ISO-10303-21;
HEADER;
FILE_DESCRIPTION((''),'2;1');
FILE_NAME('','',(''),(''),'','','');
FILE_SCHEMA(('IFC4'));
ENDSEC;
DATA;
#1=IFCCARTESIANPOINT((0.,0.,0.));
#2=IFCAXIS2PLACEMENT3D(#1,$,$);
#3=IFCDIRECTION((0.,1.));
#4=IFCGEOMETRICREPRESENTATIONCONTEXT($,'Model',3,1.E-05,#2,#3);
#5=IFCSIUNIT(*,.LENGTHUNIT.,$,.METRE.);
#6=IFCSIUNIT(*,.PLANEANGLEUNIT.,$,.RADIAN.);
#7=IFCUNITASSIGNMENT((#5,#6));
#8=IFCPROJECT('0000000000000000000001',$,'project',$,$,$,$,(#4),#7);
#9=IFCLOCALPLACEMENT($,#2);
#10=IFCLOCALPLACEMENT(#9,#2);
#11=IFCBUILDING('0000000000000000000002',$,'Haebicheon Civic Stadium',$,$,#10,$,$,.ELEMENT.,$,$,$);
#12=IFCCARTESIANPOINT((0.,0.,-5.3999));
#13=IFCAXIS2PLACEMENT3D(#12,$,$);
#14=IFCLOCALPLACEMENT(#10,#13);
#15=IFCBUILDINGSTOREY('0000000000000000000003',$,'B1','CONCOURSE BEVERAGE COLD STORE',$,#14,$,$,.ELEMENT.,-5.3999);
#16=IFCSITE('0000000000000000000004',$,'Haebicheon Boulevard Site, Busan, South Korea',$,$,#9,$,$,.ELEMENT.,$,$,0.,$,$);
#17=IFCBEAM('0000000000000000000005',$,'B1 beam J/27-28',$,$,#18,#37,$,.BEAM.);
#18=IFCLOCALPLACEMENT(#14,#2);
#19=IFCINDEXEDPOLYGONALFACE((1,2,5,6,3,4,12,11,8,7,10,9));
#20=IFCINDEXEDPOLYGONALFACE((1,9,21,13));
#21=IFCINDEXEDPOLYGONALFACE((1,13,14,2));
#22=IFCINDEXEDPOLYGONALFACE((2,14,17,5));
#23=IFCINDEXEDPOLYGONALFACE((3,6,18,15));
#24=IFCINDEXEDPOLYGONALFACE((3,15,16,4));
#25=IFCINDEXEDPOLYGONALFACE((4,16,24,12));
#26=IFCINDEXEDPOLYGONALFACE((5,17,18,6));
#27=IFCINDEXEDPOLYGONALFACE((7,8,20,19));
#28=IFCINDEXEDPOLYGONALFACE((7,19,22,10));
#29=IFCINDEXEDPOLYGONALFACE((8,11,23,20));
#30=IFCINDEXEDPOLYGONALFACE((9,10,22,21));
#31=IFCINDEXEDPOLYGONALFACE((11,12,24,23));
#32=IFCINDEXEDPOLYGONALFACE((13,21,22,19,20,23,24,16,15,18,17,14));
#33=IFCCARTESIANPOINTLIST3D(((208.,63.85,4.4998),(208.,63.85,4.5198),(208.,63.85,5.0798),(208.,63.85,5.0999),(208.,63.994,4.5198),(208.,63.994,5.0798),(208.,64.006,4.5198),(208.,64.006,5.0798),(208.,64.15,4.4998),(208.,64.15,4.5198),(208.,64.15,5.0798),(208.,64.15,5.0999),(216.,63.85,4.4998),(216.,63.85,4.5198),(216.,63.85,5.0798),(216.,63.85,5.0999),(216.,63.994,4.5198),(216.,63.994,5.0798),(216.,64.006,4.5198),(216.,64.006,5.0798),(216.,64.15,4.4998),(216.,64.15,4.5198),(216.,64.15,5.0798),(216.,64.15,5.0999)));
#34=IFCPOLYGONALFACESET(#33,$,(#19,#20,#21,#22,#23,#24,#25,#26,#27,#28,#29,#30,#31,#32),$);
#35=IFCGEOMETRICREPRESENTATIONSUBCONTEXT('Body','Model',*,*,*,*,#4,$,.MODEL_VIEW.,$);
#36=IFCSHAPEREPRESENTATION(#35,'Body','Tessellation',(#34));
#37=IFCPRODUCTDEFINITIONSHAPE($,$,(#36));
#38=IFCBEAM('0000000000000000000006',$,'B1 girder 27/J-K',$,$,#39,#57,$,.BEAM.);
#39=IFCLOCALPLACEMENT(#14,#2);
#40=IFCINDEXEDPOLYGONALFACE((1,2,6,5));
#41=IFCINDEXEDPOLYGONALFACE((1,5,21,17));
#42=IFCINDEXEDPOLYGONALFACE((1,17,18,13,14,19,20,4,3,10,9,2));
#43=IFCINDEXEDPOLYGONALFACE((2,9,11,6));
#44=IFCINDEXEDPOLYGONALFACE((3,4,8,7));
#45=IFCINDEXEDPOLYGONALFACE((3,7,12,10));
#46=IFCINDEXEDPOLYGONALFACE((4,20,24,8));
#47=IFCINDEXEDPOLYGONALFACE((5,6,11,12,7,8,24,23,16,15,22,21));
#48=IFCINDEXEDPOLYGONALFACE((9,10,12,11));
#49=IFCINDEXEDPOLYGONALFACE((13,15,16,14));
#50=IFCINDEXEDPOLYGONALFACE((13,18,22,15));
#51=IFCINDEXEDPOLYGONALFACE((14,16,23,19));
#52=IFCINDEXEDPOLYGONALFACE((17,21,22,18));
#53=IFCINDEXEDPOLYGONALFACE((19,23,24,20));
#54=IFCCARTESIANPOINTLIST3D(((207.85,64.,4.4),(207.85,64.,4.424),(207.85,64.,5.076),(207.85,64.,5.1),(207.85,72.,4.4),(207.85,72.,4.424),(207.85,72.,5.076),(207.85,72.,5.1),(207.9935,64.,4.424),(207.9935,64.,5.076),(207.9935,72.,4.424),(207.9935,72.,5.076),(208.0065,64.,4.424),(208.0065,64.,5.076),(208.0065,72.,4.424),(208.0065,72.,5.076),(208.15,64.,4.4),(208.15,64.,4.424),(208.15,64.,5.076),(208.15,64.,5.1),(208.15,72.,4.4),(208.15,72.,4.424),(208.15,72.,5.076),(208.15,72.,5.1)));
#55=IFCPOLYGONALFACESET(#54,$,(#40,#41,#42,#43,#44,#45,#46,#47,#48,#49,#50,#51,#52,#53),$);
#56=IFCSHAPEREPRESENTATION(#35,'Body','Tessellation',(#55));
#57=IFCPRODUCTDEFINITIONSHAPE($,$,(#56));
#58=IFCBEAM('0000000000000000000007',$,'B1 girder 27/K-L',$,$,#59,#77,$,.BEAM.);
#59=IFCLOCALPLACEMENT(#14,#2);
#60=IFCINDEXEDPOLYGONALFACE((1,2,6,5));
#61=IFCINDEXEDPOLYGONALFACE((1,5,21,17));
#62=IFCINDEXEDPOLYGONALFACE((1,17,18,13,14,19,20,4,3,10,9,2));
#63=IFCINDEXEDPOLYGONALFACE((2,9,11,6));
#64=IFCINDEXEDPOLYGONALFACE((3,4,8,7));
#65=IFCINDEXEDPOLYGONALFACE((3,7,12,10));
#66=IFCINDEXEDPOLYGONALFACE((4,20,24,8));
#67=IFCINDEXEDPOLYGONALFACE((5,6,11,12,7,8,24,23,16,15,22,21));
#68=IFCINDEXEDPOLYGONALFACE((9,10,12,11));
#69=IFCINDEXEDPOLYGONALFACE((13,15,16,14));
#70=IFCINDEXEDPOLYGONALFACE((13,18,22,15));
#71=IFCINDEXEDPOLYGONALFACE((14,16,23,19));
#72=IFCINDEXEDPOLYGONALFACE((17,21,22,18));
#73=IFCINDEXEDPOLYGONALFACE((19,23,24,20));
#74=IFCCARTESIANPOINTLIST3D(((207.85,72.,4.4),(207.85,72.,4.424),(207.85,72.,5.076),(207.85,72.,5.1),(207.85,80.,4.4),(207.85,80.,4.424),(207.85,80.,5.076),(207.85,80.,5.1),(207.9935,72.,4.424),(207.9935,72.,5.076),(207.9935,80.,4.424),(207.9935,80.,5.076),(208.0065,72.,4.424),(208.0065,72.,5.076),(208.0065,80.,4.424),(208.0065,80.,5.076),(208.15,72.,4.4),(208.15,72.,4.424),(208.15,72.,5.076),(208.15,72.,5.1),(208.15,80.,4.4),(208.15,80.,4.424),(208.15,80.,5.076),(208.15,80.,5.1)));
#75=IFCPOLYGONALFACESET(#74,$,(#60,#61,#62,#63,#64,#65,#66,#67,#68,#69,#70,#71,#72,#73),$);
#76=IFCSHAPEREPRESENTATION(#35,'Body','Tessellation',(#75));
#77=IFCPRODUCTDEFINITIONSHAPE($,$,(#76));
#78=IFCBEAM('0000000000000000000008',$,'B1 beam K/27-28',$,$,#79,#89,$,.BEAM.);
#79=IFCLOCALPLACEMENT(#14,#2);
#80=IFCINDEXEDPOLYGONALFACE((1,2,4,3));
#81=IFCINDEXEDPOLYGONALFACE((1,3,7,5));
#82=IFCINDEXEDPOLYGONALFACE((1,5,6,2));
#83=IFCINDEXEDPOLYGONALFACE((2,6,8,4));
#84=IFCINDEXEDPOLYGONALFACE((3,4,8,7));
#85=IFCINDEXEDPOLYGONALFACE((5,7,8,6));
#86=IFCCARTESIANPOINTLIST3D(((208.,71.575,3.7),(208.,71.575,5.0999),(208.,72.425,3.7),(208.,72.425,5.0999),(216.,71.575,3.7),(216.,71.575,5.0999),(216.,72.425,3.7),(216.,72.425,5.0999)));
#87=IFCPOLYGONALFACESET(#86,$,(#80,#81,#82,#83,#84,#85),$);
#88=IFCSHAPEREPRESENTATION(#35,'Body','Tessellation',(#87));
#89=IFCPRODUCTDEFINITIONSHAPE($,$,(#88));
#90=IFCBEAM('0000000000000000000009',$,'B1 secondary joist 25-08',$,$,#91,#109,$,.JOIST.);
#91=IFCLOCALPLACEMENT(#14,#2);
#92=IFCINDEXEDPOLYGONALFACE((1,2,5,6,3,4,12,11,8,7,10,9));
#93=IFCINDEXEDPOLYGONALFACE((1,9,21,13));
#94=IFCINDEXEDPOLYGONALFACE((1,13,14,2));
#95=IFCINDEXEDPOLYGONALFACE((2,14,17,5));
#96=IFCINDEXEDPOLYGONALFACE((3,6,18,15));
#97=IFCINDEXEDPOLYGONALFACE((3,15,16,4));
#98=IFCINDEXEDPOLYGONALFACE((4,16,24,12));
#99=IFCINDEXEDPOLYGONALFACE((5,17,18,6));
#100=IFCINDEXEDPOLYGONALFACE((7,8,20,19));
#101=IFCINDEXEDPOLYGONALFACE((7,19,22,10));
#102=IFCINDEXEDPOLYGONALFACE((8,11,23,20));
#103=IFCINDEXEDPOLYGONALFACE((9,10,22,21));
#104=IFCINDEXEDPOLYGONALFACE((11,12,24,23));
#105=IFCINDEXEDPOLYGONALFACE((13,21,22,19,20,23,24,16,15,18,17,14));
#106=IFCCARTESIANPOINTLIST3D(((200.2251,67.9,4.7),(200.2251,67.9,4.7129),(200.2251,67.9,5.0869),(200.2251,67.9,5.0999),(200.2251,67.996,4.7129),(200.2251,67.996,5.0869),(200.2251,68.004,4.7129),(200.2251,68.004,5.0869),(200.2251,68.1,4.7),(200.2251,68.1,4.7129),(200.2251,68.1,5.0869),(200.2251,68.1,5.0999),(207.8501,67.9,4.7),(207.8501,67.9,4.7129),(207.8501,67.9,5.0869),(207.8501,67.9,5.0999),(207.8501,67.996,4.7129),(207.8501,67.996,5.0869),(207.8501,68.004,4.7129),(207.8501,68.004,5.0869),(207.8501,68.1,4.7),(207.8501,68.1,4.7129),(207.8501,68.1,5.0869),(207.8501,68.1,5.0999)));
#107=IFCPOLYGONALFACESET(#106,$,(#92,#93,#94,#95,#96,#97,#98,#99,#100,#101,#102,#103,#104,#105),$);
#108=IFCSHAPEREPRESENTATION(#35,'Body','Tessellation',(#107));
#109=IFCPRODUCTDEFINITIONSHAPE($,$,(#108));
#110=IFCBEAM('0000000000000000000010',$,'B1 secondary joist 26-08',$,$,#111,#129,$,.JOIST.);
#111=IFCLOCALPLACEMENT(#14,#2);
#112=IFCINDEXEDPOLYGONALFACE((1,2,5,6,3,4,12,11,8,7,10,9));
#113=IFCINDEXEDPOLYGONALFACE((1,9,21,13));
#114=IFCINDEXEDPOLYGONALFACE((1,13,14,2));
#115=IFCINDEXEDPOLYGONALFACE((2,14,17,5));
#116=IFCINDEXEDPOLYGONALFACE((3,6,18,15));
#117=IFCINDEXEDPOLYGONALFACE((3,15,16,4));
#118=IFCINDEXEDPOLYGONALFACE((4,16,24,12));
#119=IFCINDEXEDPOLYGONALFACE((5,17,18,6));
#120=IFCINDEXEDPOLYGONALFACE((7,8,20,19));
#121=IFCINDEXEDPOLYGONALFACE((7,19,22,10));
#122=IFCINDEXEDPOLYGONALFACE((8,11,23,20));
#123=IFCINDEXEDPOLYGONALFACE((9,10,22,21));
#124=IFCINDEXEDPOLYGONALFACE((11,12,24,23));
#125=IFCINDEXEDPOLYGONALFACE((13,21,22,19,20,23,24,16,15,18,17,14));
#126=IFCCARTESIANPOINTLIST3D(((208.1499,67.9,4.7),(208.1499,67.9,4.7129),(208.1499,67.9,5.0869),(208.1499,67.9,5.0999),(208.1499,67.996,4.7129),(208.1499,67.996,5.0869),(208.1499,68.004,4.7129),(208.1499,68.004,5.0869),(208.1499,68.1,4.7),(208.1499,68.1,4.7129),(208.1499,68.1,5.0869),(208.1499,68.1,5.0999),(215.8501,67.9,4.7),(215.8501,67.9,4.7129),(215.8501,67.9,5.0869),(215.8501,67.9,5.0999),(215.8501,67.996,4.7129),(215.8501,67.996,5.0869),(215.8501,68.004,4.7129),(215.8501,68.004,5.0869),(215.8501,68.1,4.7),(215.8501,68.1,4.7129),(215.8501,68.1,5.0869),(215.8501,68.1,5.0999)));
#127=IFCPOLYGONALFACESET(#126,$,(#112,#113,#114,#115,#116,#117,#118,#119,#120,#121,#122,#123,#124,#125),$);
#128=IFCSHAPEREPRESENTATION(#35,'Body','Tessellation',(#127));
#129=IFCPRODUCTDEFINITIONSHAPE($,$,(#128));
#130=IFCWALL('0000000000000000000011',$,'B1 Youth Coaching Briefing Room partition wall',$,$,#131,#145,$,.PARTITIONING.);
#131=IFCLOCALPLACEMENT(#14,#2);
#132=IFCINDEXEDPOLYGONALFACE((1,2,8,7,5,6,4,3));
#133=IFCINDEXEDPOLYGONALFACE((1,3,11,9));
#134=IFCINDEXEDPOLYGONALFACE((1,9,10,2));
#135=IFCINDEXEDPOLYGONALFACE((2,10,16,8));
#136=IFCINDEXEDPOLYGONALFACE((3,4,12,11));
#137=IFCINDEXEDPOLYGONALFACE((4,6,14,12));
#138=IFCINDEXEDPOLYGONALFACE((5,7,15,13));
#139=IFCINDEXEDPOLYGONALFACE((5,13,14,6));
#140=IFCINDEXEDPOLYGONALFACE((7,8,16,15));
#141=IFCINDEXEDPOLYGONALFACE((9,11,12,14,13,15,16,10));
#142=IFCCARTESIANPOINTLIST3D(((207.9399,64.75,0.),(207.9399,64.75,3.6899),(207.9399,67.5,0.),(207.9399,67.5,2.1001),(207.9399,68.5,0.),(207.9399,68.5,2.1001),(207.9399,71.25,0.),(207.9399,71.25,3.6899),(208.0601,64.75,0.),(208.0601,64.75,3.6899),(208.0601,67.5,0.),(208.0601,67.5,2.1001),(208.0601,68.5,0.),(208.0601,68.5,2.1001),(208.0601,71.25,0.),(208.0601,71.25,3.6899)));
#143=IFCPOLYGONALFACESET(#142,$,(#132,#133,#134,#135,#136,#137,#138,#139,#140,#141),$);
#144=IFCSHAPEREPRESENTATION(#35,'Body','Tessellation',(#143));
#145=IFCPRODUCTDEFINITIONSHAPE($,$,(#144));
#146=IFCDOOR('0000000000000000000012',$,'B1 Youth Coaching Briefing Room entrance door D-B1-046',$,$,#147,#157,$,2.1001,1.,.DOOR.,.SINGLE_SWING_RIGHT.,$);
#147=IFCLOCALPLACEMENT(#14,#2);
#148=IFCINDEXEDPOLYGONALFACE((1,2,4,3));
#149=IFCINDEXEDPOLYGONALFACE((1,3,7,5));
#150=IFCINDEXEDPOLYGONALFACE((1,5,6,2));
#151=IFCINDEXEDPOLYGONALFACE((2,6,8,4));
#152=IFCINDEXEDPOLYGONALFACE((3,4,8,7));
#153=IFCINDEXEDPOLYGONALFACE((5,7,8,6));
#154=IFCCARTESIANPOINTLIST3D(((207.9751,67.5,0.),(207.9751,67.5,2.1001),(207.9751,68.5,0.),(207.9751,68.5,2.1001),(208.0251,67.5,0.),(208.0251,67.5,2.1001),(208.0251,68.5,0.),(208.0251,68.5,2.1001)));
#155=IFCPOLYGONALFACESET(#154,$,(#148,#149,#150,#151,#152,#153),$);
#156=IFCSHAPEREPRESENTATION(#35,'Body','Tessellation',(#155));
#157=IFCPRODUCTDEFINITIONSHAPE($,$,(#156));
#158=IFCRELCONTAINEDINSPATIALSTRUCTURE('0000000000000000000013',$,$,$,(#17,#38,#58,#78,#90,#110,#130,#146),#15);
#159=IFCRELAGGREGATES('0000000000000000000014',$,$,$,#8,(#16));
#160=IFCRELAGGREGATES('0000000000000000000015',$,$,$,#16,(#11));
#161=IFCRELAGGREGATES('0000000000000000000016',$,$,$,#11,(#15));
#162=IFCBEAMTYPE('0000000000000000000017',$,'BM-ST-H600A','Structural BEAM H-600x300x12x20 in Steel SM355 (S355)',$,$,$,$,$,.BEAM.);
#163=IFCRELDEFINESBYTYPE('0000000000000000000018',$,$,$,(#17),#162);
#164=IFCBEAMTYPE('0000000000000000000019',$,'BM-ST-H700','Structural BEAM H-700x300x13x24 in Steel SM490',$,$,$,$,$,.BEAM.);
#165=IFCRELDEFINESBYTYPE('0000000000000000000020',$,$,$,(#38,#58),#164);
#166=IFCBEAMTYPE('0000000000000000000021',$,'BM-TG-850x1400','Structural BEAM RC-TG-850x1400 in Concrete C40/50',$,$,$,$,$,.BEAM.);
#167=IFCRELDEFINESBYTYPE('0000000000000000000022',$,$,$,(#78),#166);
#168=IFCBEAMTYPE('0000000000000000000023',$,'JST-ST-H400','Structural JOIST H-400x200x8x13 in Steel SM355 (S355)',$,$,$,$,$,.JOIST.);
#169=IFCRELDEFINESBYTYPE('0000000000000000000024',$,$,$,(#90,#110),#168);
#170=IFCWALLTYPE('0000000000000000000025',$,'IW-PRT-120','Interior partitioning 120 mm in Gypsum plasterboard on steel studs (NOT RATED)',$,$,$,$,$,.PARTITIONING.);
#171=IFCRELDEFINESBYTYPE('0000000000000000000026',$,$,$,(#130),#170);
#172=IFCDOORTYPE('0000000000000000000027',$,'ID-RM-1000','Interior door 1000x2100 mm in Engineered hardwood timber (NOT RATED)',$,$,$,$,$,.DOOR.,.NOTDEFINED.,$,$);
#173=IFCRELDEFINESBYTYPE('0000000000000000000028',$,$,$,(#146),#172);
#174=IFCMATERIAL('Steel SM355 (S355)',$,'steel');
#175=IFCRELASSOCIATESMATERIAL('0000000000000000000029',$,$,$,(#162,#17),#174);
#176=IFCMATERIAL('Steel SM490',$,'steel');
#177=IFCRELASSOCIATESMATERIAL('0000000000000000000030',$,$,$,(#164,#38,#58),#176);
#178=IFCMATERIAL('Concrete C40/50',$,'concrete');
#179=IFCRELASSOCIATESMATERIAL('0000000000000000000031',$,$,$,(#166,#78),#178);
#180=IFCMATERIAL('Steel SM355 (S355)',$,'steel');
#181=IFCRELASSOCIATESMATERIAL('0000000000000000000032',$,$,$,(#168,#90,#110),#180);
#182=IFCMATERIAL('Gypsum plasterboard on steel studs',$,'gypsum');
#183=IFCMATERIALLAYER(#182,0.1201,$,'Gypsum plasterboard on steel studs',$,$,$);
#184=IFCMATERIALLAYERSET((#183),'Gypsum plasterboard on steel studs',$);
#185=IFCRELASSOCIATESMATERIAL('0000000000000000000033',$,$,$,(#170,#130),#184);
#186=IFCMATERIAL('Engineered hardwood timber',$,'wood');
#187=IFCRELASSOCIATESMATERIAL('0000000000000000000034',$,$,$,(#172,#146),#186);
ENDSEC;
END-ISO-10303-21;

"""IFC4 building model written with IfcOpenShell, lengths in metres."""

from ifc_helpers import new_model, si_unit, direction, frame, frame_2d, origin, origin_2d, place, context, subcontext, project, spatial, rectangle, i_section, extrude, material, layer, layer_set, material_profile, profile_set, type_object, element, fill, save


model = new_model("IFC4")

# Units and contexts
model_context = context("Model", 3, precision=1e-05, world=origin(), true_north=direction((0.0, 1.0)))
body_context = subcontext(model_context, "Body", "Model", "MODEL_VIEW")
ifc_project = project(units=[si_unit("LENGTHUNIT", "METRE"), si_unit("PLANEANGLEUNIT", "RADIAN")], contexts=[model_context])

# Site, building, storey
site_placement = place(None, origin())
site = spatial("IfcSite", under=ifc_project, at=site_placement, Name="Haebicheon Boulevard Site, Busan, South Korea", CompositionType="ELEMENT", RefElevation=0.0)
building_placement = place(site_placement, origin())
building = spatial("IfcBuilding", under=site, at=building_placement, Name="Haebicheon Civic Stadium", CompositionType="ELEMENT")
storey_placement = place(building_placement, frame((0.0, 0.0, -5.3999)))
storey = spatial("IfcBuildingStorey", under=building, at=storey_placement, Name="B1", Description="CONCOURSE BEVERAGE COLD STORE", CompositionType="ELEMENT", Elevation=-5.3999)

# Beams
ifc_material_1 = material(Name="Steel SM355 (S355)", Category="steel")
ifc_material_profile_1 = material_profile(ifc_material_1, i_section(OverallWidth=0.3, OverallDepth=0.6001, WebThickness=0.012, FlangeThickness=0.02, at=origin_2d()), Name="H-600x300x12x20")
ifc_profile_set_1 = profile_set([ifc_material_profile_1], Name="Steel SM355 (S355)")
beam_type_1 = type_object("IfcBeamType", Name="BM-ST-H600A", Description="Structural BEAM H-600x300x12x20 in Steel SM355 (S355)", PredefinedType="BEAM", material=ifc_profile_set_1)
beam_1_placement = place(storey_placement, frame((208.0, 64.0, 4.7998), z_axis=(1.0, 0.0, 0.0), x_axis=(0.0, 1.0, 0.0)))
element("IfcBeam", 1, at=beam_1_placement, inside=storey, type_object=beam_type_1, material=ifc_profile_set_1, Name="B1 beam J/27-28", PredefinedType="BEAM", context=body_context, shape_type="SweptSolid", body=[
    extrude(i_section(OverallWidth=0.3, OverallDepth=0.6001, WebThickness=0.012, FlangeThickness=0.02, at=origin_2d()), origin(), (0.0, 0.0, 1.0), 8.0),
])
ifc_material_2 = material(Name="Steel SM490", Category="steel")
ifc_material_profile_2 = material_profile(ifc_material_2, i_section(OverallWidth=0.3, OverallDepth=0.7, WebThickness=0.0129, FlangeThickness=0.0239, at=origin_2d()), Name="H-700x300x13x24")
ifc_profile_set_2 = profile_set([ifc_material_profile_2], Name="Steel SM490")
beam_type_2 = type_object("IfcBeamType", Name="BM-ST-H700", Description="Structural BEAM H-700x300x13x24 in Steel SM490", PredefinedType="BEAM", material=ifc_profile_set_2)
for number, where, z_axis, x_axis, name in (
    (2, (208.0, 64.0, 4.75), (0.0, 1.0, 0.0), (-1.0, 0.0, 0.0), "B1 girder 27/J-K"),
    (3, (208.0, 72.0, 4.75), (0.0, 1.0, 0.0), (-1.0, 0.0, 0.0), "B1 girder 27/K-L"),
):
    element("IfcBeam", number, at=place(storey_placement, frame(where, z_axis=z_axis, x_axis=x_axis)), inside=storey, type_object=beam_type_2, material=ifc_profile_set_2, Name=name, PredefinedType="BEAM", context=body_context, shape_type="SweptSolid", body=[
        extrude(i_section(OverallWidth=0.3, OverallDepth=0.7, WebThickness=0.0129, FlangeThickness=0.0239, at=origin_2d()), origin(), (0.0, 0.0, 1.0), 8.0),
    ])
ifc_material_3 = material(Name="Concrete C40/50", Category="concrete")
ifc_material_profile_3 = material_profile(ifc_material_3, rectangle(XDim=0.8501, YDim=1.3999, at=origin_2d()), Name="RC-TG-850x1400")
ifc_profile_set_3 = profile_set([ifc_material_profile_3], Name="Concrete C40/50")
beam_type_3 = type_object("IfcBeamType", Name="BM-TG-850x1400", Description="Structural BEAM RC-TG-850x1400 in Concrete C40/50", PredefinedType="BEAM", material=ifc_profile_set_3)
beam_2_placement = place(storey_placement, frame((208.0, 72.0, 4.3999), z_axis=(1.0, 0.0, 0.0), x_axis=(0.0, 1.0, 0.0)))
element("IfcBeam", 4, at=beam_2_placement, inside=storey, type_object=beam_type_3, material=ifc_profile_set_3, Name="B1 beam K/27-28", PredefinedType="BEAM", context=body_context, shape_type="SweptSolid", body=[
    extrude(rectangle(XDim=0.8501, YDim=1.3999, at=origin_2d()), origin(), (0.0, 0.0, 1.0), 8.0),
])
ifc_material_4 = material(Name="Steel SM355 (S355)", Category="steel")
ifc_material_profile_4 = material_profile(ifc_material_4, i_section(OverallWidth=0.2, OverallDepth=0.3999, WebThickness=0.0081, FlangeThickness=0.0129, at=origin_2d()), Name="H-400x200x8x13")
ifc_profile_set_4 = profile_set([ifc_material_profile_4], Name="Steel SM355 (S355)")
beam_type_4 = type_object("IfcBeamType", Name="JST-ST-H400", Description="Structural JOIST H-400x200x8x13 in Steel SM355 (S355)", PredefinedType="JOIST", material=ifc_profile_set_4)
beam_3_placement = place(storey_placement, frame((200.2251, 68.0, 4.8999), z_axis=(1.0, 0.0, 0.0), x_axis=(0.0, 1.0, 0.0)))
element("IfcBeam", 5, at=beam_3_placement, inside=storey, type_object=beam_type_4, material=ifc_profile_set_4, Name="B1 secondary joist 25-08", PredefinedType="JOIST", context=body_context, shape_type="SweptSolid", body=[
    extrude(i_section(OverallWidth=0.2, OverallDepth=0.3999, WebThickness=0.0081, FlangeThickness=0.0129, at=origin_2d()), origin(), (0.0, 0.0, 1.0), 7.625),
])
beam_4_placement = place(storey_placement, frame((208.1499, 68.0, 4.8999), z_axis=(1.0, 0.0, 0.0), x_axis=(0.0, 1.0, 0.0)))
element("IfcBeam", 6, at=beam_4_placement, inside=storey, type_object=beam_type_4, material=ifc_profile_set_4, Name="B1 secondary joist 26-08", PredefinedType="JOIST", context=body_context, shape_type="SweptSolid", body=[
    extrude(i_section(OverallWidth=0.2, OverallDepth=0.3999, WebThickness=0.0081, FlangeThickness=0.0129, at=origin_2d()), origin(), (0.0, 0.0, 1.0), 7.7002),
])

# Wall, opening, door
ifc_material_5 = material(Name="Gypsum plasterboard on steel studs", Category="gypsum")
ifc_layer_1 = layer(ifc_material_5, 0.1201, Name="Gypsum plasterboard on steel studs")
ifc_layer_set_1 = layer_set([ifc_layer_1], Name="Gypsum plasterboard on steel studs")
wall_type_1 = type_object("IfcWallType", Name="IW-PRT-120", Description="Interior partitioning 120 mm in Gypsum plasterboard on steel studs (NOT RATED)", PredefinedType="PARTITIONING", material=ifc_layer_set_1)
wall_1_placement = place(storey_placement, frame((208.0, 64.75, 0.0), z_axis=(0.0, 0.0, 1.0), x_axis=(0.0, 1.0, 0.0)))
wall_1 = element("IfcWall", 7, at=wall_1_placement, inside=storey, type_object=wall_type_1, material=ifc_layer_set_1, Name="B1 Youth Coaching Briefing Room partition wall", PredefinedType="PARTITIONING", context=body_context, shape_type="SweptSolid", body=[
    extrude(rectangle(XDim=6.5, YDim=0.1201, at=frame_2d((3.25, 0.0))), origin(), (0.0, 0.0, 1.0), 3.6899),
])
opening_1_placement = place(wall_1_placement, frame((2.75, 0.0, 0.0)))
opening_1 = element("IfcOpeningElement", 8, at=opening_1_placement, cuts=wall_1, PredefinedType="OPENING", context=body_context, shape_type="SweptSolid", body=[
    extrude(rectangle(XDim=1.0, YDim=2.1001, at=frame_2d((0.5, 1.05))), frame((0.0, 0.0701, 0.0), z_axis=(0.0, -1.0, 0.0), x_axis=(1.0, 0.0, 0.0)), (0.0, 0.0, 1.0), 0.1401),
])
ifc_material_6 = material(Name="Engineered hardwood timber", Category="wood")
door_type_1 = type_object("IfcDoorType", Name="ID-RM-1000", Description="Interior door 1000x2100 mm in Engineered hardwood timber (NOT RATED)", OperationType="NOTDEFINED", PredefinedType="DOOR", material=ifc_material_6)
door_1_placement = place(opening_1_placement, origin())
door_1 = element("IfcDoor", 9, at=door_1_placement, inside=storey, type_object=door_type_1, material=ifc_material_6, Name="B1 Youth Coaching Briefing Room entrance door D-B1-046", OperationType="SINGLE_SWING_RIGHT", OverallHeight=2.1001, OverallWidth=1.0, PredefinedType="DOOR", context=body_context, shape_type="SweptSolid", body=[
    extrude(rectangle(XDim=1.0, YDim=2.1001, at=frame_2d((0.5, 1.05))), frame((0.0, 0.0249, 0.0), z_axis=(0.0, -1.0, 0.0), x_axis=(1.0, 0.0, 0.0)), (0.0, 0.0, 1.0), 0.05),
])
fill(opening_1, door_1)

save(model, "model.ifc")
